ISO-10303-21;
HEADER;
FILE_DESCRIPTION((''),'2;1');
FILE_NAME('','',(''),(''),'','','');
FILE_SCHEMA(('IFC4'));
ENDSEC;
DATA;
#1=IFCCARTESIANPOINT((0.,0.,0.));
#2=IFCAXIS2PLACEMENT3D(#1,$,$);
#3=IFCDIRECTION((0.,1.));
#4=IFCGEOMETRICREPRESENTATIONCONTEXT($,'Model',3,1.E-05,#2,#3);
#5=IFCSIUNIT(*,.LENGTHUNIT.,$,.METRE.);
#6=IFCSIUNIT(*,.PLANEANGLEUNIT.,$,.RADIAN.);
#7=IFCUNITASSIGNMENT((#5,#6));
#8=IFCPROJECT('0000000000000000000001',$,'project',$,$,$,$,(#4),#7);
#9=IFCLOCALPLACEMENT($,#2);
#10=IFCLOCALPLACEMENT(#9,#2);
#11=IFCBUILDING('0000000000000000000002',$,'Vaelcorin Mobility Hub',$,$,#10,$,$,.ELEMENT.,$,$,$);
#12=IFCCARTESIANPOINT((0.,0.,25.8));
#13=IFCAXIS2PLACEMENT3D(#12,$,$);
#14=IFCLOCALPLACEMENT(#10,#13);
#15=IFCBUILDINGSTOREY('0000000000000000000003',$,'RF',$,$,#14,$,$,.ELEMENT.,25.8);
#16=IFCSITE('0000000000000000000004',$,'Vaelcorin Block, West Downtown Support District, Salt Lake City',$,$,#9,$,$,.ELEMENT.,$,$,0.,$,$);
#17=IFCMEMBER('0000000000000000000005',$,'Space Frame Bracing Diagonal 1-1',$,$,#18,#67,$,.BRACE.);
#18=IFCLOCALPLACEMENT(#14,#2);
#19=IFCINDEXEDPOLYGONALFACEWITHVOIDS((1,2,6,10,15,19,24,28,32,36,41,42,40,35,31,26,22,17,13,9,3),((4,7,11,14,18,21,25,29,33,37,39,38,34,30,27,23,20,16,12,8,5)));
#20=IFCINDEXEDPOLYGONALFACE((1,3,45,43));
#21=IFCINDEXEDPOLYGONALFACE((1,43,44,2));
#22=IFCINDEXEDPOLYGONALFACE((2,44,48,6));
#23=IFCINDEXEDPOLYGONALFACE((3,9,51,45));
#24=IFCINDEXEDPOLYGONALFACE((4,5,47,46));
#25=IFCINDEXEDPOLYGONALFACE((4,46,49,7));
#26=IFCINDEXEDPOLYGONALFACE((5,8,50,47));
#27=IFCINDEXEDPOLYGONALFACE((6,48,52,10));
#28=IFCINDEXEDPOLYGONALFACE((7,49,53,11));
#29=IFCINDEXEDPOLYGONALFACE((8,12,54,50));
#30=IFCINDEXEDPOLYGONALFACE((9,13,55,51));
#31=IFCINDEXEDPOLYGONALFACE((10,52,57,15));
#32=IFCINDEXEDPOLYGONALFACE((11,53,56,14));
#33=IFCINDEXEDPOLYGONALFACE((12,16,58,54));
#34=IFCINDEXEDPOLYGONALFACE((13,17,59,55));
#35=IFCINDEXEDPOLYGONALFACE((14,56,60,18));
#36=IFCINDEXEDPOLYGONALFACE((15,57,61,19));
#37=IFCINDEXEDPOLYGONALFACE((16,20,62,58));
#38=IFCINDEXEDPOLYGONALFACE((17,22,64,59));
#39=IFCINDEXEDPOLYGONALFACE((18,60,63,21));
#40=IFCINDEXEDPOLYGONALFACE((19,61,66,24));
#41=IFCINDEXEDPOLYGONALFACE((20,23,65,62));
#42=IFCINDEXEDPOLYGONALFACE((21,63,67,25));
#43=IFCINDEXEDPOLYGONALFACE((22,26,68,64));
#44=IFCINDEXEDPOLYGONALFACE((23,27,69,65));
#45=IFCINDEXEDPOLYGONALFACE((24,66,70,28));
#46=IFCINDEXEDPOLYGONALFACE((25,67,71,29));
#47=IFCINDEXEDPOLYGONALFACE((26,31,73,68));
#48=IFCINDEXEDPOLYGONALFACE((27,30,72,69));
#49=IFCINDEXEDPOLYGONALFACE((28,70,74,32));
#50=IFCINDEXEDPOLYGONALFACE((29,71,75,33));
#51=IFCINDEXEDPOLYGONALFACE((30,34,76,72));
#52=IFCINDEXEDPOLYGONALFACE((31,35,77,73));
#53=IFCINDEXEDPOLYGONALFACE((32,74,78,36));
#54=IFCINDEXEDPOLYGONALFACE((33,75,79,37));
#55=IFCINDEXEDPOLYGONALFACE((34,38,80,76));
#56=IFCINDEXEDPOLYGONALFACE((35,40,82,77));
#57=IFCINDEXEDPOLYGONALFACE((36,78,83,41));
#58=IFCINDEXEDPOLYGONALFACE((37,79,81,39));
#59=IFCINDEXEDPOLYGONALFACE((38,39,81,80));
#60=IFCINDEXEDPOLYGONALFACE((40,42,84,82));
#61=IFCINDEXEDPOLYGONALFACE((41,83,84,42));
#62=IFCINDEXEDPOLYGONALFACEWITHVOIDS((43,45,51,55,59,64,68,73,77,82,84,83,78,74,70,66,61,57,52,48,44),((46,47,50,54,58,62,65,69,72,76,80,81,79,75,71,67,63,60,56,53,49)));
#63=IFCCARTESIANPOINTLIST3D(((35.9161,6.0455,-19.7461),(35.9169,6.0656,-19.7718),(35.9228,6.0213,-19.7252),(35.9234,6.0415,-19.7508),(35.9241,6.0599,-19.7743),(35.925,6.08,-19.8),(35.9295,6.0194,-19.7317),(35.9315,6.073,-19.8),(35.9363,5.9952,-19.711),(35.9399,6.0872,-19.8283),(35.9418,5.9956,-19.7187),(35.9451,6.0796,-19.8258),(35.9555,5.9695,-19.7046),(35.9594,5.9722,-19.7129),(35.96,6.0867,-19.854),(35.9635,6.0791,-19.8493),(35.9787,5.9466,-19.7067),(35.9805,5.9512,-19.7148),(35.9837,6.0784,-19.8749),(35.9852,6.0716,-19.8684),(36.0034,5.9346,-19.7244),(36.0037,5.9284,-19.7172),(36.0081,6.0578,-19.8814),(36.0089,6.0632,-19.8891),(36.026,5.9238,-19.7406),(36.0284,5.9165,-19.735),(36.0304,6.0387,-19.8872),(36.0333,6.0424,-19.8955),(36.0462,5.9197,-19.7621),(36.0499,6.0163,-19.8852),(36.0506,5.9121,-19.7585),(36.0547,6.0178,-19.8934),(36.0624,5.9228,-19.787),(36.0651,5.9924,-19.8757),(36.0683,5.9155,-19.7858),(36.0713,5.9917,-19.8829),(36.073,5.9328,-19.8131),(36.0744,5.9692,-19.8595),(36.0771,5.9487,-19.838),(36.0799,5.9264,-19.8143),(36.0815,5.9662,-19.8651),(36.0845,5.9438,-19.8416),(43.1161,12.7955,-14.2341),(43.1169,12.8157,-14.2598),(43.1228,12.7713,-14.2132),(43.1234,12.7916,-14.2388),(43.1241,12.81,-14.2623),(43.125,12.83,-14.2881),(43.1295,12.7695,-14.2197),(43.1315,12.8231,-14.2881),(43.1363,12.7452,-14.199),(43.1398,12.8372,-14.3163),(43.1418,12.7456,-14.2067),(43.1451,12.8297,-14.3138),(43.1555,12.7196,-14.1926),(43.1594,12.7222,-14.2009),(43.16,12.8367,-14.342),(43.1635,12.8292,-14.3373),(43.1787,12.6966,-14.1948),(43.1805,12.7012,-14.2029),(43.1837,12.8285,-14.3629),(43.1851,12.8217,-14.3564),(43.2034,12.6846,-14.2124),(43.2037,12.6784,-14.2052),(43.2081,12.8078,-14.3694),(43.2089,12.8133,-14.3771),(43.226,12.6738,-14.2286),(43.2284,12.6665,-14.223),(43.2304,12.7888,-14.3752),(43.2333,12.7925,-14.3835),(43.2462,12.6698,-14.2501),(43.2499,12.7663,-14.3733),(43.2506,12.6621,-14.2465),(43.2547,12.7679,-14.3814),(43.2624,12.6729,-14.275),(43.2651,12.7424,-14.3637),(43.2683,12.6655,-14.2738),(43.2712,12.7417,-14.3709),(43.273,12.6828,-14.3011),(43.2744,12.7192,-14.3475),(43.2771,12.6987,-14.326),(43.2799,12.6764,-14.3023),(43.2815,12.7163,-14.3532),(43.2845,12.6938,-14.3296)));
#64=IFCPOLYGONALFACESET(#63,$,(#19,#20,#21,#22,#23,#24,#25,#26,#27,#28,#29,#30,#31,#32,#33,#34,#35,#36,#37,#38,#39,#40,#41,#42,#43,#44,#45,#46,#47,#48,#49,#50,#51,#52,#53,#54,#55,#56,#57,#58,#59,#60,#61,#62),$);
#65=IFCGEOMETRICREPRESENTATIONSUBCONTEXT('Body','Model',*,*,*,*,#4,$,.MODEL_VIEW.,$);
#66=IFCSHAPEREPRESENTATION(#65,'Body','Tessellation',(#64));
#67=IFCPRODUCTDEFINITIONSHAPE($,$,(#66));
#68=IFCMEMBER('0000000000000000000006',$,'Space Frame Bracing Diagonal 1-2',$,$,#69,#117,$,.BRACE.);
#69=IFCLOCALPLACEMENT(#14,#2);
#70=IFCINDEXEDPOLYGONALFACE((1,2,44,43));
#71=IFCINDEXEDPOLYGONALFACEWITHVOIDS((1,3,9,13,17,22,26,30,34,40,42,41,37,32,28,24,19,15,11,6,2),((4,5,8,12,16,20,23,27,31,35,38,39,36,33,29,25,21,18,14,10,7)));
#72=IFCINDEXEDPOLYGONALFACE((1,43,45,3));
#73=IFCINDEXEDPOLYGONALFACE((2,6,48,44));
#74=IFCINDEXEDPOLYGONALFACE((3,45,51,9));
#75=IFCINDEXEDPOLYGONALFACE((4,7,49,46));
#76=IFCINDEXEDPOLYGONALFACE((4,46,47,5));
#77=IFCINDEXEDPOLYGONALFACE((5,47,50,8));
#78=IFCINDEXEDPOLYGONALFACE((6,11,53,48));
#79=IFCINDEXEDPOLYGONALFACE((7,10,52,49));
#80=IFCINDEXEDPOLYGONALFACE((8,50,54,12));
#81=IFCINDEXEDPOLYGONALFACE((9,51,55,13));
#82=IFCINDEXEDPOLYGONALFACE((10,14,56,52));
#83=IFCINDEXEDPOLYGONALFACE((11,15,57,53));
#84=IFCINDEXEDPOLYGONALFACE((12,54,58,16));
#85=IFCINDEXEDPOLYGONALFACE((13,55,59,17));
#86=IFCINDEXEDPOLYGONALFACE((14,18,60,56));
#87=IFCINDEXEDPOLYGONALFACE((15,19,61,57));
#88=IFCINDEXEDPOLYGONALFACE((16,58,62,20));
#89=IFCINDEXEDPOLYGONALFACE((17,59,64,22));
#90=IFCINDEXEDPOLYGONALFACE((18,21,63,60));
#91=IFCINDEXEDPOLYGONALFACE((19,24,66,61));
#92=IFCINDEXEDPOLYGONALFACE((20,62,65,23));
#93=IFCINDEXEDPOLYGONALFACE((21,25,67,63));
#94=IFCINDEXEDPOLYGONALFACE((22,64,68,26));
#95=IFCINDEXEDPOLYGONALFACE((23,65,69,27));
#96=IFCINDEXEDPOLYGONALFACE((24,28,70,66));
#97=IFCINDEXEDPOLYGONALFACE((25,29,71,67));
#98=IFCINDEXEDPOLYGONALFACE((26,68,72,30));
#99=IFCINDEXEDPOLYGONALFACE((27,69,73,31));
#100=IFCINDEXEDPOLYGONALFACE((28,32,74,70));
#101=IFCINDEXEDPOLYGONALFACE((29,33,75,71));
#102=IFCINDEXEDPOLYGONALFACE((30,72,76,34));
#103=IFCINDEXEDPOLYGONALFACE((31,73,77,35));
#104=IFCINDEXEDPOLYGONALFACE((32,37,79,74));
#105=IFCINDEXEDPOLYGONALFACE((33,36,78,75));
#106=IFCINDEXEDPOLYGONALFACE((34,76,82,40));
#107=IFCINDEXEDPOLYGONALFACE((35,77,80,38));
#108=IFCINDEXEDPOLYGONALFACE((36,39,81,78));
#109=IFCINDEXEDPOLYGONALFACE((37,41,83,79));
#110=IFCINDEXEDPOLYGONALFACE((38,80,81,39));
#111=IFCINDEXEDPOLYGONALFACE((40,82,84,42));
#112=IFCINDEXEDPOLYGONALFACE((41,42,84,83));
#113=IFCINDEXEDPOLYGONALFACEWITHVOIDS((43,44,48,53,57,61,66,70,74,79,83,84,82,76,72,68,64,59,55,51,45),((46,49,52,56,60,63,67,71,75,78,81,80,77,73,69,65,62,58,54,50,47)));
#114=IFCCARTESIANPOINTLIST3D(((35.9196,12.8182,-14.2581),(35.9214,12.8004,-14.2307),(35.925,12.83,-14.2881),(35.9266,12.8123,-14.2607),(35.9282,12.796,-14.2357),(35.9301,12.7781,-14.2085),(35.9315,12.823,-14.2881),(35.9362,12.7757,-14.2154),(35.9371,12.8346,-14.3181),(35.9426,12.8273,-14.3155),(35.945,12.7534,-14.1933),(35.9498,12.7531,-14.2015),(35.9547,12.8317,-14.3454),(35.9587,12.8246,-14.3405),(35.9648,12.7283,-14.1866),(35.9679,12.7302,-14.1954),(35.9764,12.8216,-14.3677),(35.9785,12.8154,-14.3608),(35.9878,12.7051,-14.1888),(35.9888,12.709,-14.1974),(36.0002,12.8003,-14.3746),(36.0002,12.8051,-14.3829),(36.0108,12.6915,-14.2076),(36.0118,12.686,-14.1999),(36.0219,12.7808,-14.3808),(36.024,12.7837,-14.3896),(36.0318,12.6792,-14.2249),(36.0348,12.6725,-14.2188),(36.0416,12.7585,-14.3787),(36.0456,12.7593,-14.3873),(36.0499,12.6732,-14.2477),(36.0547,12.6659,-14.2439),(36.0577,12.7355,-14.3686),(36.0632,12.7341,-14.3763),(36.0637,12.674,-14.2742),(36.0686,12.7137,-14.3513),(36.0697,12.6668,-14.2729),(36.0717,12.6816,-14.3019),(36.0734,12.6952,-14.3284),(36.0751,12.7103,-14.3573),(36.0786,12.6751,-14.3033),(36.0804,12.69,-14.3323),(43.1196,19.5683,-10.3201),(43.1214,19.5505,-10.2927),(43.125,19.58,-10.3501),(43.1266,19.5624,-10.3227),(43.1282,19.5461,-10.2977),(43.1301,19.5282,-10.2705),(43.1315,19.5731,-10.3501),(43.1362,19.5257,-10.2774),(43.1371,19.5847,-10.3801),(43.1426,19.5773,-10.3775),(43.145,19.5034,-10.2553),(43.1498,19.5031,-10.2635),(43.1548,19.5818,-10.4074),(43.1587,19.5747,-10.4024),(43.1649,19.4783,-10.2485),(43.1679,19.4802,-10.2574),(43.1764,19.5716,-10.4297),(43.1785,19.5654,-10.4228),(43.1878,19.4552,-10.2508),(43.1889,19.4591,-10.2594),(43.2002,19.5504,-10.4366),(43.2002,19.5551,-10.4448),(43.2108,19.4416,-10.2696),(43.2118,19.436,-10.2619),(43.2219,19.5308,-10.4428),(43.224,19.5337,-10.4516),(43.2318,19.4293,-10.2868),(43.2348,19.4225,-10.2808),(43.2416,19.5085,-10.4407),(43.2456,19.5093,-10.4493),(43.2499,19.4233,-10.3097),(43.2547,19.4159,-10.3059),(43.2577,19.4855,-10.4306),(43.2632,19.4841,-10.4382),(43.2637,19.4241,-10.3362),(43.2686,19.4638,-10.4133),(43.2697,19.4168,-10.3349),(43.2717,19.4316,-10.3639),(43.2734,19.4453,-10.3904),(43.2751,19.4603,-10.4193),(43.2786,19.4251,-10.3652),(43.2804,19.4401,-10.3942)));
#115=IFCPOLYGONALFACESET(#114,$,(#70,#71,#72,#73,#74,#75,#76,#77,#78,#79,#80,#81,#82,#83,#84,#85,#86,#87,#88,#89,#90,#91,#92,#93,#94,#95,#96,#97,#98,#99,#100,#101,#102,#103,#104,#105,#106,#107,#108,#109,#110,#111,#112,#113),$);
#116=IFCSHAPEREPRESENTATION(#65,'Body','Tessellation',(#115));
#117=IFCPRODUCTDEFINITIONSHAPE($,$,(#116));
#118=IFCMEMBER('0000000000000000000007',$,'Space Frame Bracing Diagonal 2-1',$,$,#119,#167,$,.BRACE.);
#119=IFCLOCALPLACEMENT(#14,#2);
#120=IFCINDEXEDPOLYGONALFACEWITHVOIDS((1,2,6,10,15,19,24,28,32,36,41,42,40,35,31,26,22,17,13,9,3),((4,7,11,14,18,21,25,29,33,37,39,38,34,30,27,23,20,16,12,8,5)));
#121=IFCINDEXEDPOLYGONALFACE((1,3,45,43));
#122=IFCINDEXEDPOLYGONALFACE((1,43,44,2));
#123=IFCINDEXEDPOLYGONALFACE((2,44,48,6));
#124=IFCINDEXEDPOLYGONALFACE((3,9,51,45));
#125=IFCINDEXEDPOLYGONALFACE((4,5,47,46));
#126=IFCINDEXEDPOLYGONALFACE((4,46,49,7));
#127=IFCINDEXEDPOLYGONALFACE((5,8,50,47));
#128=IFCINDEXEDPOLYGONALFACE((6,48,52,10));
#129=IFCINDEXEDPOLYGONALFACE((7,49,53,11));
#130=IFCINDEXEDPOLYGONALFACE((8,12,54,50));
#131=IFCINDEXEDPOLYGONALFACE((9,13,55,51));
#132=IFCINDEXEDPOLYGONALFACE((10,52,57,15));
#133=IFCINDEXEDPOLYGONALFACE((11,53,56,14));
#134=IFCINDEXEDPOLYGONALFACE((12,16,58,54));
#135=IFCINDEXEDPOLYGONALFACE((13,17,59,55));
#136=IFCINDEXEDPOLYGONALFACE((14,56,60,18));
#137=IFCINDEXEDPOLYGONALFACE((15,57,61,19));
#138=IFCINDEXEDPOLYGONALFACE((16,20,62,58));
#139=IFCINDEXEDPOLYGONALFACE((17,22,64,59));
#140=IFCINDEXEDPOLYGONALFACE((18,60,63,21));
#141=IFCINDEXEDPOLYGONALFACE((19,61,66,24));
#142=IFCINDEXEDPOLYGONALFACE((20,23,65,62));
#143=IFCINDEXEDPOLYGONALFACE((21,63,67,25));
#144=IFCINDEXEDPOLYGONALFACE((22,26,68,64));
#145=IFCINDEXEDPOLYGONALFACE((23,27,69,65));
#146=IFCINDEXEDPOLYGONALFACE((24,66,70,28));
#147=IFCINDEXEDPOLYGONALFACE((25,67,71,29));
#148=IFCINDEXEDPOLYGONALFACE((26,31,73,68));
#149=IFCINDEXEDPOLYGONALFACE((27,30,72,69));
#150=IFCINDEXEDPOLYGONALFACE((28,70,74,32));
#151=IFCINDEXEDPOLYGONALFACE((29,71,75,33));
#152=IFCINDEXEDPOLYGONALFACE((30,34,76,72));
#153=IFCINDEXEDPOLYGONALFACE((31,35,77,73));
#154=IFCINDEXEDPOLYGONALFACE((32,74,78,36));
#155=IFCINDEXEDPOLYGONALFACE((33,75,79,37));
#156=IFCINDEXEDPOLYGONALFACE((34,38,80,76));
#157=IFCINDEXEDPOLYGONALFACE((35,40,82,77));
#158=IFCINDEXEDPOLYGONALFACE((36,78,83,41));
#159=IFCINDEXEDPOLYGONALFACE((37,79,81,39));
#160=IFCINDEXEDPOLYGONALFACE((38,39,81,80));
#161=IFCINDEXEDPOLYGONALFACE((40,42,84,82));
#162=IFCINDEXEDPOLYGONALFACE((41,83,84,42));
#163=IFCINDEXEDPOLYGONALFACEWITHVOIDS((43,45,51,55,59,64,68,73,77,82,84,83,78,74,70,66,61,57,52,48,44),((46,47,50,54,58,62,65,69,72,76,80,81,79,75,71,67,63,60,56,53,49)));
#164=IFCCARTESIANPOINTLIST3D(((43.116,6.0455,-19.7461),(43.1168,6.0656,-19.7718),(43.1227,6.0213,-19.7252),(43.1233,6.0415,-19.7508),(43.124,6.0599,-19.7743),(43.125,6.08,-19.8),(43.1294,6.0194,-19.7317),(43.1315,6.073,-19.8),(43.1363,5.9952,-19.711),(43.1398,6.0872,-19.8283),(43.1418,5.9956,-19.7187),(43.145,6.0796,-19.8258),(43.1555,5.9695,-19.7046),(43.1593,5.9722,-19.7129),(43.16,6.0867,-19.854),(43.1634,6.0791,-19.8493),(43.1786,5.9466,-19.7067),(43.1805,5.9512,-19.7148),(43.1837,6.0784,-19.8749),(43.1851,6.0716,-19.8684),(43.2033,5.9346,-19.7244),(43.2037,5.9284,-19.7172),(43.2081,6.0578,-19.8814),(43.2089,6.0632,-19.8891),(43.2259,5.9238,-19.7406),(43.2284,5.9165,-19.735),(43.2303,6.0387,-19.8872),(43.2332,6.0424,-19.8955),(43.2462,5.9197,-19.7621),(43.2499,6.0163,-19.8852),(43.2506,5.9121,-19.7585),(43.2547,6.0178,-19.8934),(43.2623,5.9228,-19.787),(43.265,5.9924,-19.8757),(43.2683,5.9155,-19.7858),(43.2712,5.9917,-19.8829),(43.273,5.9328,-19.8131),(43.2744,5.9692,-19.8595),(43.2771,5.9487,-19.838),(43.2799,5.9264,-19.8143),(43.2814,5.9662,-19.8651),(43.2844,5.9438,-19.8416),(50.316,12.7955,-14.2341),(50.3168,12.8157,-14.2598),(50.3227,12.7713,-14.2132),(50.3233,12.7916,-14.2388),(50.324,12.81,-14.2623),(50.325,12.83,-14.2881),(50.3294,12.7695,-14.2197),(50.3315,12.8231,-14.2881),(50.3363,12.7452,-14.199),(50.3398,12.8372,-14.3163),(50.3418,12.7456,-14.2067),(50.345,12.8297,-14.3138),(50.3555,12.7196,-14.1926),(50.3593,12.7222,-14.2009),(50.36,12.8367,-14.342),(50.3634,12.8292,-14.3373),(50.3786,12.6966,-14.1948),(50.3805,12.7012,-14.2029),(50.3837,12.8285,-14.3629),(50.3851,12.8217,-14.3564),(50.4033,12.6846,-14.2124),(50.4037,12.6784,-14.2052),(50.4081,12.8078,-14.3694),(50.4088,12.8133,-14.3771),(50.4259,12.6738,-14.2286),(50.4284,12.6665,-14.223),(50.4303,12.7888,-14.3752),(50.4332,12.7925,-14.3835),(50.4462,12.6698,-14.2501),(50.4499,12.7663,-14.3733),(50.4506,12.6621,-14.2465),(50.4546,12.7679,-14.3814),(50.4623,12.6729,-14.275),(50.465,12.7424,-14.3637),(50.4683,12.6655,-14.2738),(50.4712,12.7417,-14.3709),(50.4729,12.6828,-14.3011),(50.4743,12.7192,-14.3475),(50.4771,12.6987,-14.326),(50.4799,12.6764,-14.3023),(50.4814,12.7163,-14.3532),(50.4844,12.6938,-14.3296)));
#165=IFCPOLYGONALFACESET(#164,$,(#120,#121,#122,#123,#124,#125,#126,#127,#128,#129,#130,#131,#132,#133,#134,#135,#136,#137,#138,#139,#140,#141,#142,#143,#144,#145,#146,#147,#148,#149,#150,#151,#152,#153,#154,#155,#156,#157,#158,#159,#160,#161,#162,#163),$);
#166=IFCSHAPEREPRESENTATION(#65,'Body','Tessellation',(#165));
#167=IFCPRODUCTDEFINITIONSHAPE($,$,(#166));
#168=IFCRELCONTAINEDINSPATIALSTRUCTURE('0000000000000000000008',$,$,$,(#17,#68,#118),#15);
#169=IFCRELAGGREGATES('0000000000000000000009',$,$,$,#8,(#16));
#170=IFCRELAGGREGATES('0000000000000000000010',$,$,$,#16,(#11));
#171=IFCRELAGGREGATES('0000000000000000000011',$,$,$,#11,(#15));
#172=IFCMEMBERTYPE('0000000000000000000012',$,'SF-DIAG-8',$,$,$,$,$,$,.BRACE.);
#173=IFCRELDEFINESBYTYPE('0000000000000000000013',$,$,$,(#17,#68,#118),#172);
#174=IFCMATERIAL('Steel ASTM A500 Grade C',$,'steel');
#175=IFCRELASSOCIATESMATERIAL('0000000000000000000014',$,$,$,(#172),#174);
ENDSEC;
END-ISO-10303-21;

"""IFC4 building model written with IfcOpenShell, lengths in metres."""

from ifc_helpers import new_model, si_unit, direction, frame, origin, origin_2d, place, context, subcontext, project, spatial, hollow_circle, extrude, material, material_profile, profile_set, type_object, element, save


model = new_model("IFC4")

# Units and contexts
model_context = context("Model", 3, precision=1e-05, world=origin(), true_north=direction((0.0, 1.0)))
body_context = subcontext(model_context, "Body", "Model", "MODEL_VIEW")
ifc_project = project(units=[si_unit("LENGTHUNIT", "METRE"), si_unit("PLANEANGLEUNIT", "RADIAN")], contexts=[model_context])

# Site, building, storey
site_placement = place(None, origin())
site = spatial("IfcSite", under=ifc_project, at=site_placement, Name="Vaelcorin Block, West Downtown Support District, Salt Lake City", CompositionType="ELEMENT", RefElevation=0.0)
building_placement = place(site_placement, origin())
building = spatial("IfcBuilding", under=site, at=building_placement, Name="Vaelcorin Mobility Hub", CompositionType="ELEMENT")
storey_placement = place(building_placement, frame((0.0, 0.0, 25.8)))
storey = spatial("IfcBuildingStorey", under=building, at=storey_placement, Name="RF", CompositionType="ELEMENT", Elevation=25.8)

# Members
ifc_material_1 = material(Name="Steel ASTM A500 Grade C", Category="steel")
ifc_material_profile_1 = material_profile(ifc_material_1, hollow_circle(Radius=0.1096, WallThickness=0.0095, at=origin_2d()), Name="HSS8.625X0.375")
ifc_profile_set_1 = profile_set([ifc_material_profile_1], Name="Steel ASTM A500 Grade C")
member_type_1 = type_object("IfcMemberType", Name="SF-DIAG-8", PredefinedType="BRACE", material=ifc_profile_set_1)
member_1_placement = place(storey_placement, frame((36.0, 6.0, -19.8), z_axis=(0.636931, 0.597126, 0.487606), x_axis=(-0.683944, 0.729535, 0.0)))
element("IfcMember", 1, at=member_1_placement, inside=storey, type_object=member_type_1, Name="Space Frame Bracing Diagonal 1-1", PredefinedType="BRACE", context=body_context, shape_type="SweptSolid", body=[
    extrude(hollow_circle(Radius=0.1096, WallThickness=0.0095, at=origin_2d()), origin(), (0.0, 0.0, 1.0), 11.3042),
])
member_2_placement = place(storey_placement, frame((36.0, 12.75, -14.2881), z_axis=(0.677586, 0.635241, 0.370603), x_axis=(-0.683944, 0.729535, 0.0)))
element("IfcMember", 2, at=member_2_placement, inside=storey, type_object=member_type_1, Name="Space Frame Bracing Diagonal 1-2", PredefinedType="BRACE", context=body_context, shape_type="SweptSolid", body=[
    extrude(hollow_circle(Radius=0.1096, WallThickness=0.0095, at=origin_2d()), origin(), (0.0, 0.0, 1.0), 10.626),
])
member_3_placement = place(storey_placement, frame((43.2, 6.0, -19.8), z_axis=(0.636931, 0.597126, 0.487606), x_axis=(-0.683944, 0.729535, 0.0)))
element("IfcMember", 3, at=member_3_placement, inside=storey, type_object=member_type_1, Name="Space Frame Bracing Diagonal 2-1", PredefinedType="BRACE", context=body_context, shape_type="SweptSolid", body=[
    extrude(hollow_circle(Radius=0.1096, WallThickness=0.0095, at=origin_2d()), origin(), (0.0, 0.0, 1.0), 11.3042),
])

save(model, "model.ifc")
